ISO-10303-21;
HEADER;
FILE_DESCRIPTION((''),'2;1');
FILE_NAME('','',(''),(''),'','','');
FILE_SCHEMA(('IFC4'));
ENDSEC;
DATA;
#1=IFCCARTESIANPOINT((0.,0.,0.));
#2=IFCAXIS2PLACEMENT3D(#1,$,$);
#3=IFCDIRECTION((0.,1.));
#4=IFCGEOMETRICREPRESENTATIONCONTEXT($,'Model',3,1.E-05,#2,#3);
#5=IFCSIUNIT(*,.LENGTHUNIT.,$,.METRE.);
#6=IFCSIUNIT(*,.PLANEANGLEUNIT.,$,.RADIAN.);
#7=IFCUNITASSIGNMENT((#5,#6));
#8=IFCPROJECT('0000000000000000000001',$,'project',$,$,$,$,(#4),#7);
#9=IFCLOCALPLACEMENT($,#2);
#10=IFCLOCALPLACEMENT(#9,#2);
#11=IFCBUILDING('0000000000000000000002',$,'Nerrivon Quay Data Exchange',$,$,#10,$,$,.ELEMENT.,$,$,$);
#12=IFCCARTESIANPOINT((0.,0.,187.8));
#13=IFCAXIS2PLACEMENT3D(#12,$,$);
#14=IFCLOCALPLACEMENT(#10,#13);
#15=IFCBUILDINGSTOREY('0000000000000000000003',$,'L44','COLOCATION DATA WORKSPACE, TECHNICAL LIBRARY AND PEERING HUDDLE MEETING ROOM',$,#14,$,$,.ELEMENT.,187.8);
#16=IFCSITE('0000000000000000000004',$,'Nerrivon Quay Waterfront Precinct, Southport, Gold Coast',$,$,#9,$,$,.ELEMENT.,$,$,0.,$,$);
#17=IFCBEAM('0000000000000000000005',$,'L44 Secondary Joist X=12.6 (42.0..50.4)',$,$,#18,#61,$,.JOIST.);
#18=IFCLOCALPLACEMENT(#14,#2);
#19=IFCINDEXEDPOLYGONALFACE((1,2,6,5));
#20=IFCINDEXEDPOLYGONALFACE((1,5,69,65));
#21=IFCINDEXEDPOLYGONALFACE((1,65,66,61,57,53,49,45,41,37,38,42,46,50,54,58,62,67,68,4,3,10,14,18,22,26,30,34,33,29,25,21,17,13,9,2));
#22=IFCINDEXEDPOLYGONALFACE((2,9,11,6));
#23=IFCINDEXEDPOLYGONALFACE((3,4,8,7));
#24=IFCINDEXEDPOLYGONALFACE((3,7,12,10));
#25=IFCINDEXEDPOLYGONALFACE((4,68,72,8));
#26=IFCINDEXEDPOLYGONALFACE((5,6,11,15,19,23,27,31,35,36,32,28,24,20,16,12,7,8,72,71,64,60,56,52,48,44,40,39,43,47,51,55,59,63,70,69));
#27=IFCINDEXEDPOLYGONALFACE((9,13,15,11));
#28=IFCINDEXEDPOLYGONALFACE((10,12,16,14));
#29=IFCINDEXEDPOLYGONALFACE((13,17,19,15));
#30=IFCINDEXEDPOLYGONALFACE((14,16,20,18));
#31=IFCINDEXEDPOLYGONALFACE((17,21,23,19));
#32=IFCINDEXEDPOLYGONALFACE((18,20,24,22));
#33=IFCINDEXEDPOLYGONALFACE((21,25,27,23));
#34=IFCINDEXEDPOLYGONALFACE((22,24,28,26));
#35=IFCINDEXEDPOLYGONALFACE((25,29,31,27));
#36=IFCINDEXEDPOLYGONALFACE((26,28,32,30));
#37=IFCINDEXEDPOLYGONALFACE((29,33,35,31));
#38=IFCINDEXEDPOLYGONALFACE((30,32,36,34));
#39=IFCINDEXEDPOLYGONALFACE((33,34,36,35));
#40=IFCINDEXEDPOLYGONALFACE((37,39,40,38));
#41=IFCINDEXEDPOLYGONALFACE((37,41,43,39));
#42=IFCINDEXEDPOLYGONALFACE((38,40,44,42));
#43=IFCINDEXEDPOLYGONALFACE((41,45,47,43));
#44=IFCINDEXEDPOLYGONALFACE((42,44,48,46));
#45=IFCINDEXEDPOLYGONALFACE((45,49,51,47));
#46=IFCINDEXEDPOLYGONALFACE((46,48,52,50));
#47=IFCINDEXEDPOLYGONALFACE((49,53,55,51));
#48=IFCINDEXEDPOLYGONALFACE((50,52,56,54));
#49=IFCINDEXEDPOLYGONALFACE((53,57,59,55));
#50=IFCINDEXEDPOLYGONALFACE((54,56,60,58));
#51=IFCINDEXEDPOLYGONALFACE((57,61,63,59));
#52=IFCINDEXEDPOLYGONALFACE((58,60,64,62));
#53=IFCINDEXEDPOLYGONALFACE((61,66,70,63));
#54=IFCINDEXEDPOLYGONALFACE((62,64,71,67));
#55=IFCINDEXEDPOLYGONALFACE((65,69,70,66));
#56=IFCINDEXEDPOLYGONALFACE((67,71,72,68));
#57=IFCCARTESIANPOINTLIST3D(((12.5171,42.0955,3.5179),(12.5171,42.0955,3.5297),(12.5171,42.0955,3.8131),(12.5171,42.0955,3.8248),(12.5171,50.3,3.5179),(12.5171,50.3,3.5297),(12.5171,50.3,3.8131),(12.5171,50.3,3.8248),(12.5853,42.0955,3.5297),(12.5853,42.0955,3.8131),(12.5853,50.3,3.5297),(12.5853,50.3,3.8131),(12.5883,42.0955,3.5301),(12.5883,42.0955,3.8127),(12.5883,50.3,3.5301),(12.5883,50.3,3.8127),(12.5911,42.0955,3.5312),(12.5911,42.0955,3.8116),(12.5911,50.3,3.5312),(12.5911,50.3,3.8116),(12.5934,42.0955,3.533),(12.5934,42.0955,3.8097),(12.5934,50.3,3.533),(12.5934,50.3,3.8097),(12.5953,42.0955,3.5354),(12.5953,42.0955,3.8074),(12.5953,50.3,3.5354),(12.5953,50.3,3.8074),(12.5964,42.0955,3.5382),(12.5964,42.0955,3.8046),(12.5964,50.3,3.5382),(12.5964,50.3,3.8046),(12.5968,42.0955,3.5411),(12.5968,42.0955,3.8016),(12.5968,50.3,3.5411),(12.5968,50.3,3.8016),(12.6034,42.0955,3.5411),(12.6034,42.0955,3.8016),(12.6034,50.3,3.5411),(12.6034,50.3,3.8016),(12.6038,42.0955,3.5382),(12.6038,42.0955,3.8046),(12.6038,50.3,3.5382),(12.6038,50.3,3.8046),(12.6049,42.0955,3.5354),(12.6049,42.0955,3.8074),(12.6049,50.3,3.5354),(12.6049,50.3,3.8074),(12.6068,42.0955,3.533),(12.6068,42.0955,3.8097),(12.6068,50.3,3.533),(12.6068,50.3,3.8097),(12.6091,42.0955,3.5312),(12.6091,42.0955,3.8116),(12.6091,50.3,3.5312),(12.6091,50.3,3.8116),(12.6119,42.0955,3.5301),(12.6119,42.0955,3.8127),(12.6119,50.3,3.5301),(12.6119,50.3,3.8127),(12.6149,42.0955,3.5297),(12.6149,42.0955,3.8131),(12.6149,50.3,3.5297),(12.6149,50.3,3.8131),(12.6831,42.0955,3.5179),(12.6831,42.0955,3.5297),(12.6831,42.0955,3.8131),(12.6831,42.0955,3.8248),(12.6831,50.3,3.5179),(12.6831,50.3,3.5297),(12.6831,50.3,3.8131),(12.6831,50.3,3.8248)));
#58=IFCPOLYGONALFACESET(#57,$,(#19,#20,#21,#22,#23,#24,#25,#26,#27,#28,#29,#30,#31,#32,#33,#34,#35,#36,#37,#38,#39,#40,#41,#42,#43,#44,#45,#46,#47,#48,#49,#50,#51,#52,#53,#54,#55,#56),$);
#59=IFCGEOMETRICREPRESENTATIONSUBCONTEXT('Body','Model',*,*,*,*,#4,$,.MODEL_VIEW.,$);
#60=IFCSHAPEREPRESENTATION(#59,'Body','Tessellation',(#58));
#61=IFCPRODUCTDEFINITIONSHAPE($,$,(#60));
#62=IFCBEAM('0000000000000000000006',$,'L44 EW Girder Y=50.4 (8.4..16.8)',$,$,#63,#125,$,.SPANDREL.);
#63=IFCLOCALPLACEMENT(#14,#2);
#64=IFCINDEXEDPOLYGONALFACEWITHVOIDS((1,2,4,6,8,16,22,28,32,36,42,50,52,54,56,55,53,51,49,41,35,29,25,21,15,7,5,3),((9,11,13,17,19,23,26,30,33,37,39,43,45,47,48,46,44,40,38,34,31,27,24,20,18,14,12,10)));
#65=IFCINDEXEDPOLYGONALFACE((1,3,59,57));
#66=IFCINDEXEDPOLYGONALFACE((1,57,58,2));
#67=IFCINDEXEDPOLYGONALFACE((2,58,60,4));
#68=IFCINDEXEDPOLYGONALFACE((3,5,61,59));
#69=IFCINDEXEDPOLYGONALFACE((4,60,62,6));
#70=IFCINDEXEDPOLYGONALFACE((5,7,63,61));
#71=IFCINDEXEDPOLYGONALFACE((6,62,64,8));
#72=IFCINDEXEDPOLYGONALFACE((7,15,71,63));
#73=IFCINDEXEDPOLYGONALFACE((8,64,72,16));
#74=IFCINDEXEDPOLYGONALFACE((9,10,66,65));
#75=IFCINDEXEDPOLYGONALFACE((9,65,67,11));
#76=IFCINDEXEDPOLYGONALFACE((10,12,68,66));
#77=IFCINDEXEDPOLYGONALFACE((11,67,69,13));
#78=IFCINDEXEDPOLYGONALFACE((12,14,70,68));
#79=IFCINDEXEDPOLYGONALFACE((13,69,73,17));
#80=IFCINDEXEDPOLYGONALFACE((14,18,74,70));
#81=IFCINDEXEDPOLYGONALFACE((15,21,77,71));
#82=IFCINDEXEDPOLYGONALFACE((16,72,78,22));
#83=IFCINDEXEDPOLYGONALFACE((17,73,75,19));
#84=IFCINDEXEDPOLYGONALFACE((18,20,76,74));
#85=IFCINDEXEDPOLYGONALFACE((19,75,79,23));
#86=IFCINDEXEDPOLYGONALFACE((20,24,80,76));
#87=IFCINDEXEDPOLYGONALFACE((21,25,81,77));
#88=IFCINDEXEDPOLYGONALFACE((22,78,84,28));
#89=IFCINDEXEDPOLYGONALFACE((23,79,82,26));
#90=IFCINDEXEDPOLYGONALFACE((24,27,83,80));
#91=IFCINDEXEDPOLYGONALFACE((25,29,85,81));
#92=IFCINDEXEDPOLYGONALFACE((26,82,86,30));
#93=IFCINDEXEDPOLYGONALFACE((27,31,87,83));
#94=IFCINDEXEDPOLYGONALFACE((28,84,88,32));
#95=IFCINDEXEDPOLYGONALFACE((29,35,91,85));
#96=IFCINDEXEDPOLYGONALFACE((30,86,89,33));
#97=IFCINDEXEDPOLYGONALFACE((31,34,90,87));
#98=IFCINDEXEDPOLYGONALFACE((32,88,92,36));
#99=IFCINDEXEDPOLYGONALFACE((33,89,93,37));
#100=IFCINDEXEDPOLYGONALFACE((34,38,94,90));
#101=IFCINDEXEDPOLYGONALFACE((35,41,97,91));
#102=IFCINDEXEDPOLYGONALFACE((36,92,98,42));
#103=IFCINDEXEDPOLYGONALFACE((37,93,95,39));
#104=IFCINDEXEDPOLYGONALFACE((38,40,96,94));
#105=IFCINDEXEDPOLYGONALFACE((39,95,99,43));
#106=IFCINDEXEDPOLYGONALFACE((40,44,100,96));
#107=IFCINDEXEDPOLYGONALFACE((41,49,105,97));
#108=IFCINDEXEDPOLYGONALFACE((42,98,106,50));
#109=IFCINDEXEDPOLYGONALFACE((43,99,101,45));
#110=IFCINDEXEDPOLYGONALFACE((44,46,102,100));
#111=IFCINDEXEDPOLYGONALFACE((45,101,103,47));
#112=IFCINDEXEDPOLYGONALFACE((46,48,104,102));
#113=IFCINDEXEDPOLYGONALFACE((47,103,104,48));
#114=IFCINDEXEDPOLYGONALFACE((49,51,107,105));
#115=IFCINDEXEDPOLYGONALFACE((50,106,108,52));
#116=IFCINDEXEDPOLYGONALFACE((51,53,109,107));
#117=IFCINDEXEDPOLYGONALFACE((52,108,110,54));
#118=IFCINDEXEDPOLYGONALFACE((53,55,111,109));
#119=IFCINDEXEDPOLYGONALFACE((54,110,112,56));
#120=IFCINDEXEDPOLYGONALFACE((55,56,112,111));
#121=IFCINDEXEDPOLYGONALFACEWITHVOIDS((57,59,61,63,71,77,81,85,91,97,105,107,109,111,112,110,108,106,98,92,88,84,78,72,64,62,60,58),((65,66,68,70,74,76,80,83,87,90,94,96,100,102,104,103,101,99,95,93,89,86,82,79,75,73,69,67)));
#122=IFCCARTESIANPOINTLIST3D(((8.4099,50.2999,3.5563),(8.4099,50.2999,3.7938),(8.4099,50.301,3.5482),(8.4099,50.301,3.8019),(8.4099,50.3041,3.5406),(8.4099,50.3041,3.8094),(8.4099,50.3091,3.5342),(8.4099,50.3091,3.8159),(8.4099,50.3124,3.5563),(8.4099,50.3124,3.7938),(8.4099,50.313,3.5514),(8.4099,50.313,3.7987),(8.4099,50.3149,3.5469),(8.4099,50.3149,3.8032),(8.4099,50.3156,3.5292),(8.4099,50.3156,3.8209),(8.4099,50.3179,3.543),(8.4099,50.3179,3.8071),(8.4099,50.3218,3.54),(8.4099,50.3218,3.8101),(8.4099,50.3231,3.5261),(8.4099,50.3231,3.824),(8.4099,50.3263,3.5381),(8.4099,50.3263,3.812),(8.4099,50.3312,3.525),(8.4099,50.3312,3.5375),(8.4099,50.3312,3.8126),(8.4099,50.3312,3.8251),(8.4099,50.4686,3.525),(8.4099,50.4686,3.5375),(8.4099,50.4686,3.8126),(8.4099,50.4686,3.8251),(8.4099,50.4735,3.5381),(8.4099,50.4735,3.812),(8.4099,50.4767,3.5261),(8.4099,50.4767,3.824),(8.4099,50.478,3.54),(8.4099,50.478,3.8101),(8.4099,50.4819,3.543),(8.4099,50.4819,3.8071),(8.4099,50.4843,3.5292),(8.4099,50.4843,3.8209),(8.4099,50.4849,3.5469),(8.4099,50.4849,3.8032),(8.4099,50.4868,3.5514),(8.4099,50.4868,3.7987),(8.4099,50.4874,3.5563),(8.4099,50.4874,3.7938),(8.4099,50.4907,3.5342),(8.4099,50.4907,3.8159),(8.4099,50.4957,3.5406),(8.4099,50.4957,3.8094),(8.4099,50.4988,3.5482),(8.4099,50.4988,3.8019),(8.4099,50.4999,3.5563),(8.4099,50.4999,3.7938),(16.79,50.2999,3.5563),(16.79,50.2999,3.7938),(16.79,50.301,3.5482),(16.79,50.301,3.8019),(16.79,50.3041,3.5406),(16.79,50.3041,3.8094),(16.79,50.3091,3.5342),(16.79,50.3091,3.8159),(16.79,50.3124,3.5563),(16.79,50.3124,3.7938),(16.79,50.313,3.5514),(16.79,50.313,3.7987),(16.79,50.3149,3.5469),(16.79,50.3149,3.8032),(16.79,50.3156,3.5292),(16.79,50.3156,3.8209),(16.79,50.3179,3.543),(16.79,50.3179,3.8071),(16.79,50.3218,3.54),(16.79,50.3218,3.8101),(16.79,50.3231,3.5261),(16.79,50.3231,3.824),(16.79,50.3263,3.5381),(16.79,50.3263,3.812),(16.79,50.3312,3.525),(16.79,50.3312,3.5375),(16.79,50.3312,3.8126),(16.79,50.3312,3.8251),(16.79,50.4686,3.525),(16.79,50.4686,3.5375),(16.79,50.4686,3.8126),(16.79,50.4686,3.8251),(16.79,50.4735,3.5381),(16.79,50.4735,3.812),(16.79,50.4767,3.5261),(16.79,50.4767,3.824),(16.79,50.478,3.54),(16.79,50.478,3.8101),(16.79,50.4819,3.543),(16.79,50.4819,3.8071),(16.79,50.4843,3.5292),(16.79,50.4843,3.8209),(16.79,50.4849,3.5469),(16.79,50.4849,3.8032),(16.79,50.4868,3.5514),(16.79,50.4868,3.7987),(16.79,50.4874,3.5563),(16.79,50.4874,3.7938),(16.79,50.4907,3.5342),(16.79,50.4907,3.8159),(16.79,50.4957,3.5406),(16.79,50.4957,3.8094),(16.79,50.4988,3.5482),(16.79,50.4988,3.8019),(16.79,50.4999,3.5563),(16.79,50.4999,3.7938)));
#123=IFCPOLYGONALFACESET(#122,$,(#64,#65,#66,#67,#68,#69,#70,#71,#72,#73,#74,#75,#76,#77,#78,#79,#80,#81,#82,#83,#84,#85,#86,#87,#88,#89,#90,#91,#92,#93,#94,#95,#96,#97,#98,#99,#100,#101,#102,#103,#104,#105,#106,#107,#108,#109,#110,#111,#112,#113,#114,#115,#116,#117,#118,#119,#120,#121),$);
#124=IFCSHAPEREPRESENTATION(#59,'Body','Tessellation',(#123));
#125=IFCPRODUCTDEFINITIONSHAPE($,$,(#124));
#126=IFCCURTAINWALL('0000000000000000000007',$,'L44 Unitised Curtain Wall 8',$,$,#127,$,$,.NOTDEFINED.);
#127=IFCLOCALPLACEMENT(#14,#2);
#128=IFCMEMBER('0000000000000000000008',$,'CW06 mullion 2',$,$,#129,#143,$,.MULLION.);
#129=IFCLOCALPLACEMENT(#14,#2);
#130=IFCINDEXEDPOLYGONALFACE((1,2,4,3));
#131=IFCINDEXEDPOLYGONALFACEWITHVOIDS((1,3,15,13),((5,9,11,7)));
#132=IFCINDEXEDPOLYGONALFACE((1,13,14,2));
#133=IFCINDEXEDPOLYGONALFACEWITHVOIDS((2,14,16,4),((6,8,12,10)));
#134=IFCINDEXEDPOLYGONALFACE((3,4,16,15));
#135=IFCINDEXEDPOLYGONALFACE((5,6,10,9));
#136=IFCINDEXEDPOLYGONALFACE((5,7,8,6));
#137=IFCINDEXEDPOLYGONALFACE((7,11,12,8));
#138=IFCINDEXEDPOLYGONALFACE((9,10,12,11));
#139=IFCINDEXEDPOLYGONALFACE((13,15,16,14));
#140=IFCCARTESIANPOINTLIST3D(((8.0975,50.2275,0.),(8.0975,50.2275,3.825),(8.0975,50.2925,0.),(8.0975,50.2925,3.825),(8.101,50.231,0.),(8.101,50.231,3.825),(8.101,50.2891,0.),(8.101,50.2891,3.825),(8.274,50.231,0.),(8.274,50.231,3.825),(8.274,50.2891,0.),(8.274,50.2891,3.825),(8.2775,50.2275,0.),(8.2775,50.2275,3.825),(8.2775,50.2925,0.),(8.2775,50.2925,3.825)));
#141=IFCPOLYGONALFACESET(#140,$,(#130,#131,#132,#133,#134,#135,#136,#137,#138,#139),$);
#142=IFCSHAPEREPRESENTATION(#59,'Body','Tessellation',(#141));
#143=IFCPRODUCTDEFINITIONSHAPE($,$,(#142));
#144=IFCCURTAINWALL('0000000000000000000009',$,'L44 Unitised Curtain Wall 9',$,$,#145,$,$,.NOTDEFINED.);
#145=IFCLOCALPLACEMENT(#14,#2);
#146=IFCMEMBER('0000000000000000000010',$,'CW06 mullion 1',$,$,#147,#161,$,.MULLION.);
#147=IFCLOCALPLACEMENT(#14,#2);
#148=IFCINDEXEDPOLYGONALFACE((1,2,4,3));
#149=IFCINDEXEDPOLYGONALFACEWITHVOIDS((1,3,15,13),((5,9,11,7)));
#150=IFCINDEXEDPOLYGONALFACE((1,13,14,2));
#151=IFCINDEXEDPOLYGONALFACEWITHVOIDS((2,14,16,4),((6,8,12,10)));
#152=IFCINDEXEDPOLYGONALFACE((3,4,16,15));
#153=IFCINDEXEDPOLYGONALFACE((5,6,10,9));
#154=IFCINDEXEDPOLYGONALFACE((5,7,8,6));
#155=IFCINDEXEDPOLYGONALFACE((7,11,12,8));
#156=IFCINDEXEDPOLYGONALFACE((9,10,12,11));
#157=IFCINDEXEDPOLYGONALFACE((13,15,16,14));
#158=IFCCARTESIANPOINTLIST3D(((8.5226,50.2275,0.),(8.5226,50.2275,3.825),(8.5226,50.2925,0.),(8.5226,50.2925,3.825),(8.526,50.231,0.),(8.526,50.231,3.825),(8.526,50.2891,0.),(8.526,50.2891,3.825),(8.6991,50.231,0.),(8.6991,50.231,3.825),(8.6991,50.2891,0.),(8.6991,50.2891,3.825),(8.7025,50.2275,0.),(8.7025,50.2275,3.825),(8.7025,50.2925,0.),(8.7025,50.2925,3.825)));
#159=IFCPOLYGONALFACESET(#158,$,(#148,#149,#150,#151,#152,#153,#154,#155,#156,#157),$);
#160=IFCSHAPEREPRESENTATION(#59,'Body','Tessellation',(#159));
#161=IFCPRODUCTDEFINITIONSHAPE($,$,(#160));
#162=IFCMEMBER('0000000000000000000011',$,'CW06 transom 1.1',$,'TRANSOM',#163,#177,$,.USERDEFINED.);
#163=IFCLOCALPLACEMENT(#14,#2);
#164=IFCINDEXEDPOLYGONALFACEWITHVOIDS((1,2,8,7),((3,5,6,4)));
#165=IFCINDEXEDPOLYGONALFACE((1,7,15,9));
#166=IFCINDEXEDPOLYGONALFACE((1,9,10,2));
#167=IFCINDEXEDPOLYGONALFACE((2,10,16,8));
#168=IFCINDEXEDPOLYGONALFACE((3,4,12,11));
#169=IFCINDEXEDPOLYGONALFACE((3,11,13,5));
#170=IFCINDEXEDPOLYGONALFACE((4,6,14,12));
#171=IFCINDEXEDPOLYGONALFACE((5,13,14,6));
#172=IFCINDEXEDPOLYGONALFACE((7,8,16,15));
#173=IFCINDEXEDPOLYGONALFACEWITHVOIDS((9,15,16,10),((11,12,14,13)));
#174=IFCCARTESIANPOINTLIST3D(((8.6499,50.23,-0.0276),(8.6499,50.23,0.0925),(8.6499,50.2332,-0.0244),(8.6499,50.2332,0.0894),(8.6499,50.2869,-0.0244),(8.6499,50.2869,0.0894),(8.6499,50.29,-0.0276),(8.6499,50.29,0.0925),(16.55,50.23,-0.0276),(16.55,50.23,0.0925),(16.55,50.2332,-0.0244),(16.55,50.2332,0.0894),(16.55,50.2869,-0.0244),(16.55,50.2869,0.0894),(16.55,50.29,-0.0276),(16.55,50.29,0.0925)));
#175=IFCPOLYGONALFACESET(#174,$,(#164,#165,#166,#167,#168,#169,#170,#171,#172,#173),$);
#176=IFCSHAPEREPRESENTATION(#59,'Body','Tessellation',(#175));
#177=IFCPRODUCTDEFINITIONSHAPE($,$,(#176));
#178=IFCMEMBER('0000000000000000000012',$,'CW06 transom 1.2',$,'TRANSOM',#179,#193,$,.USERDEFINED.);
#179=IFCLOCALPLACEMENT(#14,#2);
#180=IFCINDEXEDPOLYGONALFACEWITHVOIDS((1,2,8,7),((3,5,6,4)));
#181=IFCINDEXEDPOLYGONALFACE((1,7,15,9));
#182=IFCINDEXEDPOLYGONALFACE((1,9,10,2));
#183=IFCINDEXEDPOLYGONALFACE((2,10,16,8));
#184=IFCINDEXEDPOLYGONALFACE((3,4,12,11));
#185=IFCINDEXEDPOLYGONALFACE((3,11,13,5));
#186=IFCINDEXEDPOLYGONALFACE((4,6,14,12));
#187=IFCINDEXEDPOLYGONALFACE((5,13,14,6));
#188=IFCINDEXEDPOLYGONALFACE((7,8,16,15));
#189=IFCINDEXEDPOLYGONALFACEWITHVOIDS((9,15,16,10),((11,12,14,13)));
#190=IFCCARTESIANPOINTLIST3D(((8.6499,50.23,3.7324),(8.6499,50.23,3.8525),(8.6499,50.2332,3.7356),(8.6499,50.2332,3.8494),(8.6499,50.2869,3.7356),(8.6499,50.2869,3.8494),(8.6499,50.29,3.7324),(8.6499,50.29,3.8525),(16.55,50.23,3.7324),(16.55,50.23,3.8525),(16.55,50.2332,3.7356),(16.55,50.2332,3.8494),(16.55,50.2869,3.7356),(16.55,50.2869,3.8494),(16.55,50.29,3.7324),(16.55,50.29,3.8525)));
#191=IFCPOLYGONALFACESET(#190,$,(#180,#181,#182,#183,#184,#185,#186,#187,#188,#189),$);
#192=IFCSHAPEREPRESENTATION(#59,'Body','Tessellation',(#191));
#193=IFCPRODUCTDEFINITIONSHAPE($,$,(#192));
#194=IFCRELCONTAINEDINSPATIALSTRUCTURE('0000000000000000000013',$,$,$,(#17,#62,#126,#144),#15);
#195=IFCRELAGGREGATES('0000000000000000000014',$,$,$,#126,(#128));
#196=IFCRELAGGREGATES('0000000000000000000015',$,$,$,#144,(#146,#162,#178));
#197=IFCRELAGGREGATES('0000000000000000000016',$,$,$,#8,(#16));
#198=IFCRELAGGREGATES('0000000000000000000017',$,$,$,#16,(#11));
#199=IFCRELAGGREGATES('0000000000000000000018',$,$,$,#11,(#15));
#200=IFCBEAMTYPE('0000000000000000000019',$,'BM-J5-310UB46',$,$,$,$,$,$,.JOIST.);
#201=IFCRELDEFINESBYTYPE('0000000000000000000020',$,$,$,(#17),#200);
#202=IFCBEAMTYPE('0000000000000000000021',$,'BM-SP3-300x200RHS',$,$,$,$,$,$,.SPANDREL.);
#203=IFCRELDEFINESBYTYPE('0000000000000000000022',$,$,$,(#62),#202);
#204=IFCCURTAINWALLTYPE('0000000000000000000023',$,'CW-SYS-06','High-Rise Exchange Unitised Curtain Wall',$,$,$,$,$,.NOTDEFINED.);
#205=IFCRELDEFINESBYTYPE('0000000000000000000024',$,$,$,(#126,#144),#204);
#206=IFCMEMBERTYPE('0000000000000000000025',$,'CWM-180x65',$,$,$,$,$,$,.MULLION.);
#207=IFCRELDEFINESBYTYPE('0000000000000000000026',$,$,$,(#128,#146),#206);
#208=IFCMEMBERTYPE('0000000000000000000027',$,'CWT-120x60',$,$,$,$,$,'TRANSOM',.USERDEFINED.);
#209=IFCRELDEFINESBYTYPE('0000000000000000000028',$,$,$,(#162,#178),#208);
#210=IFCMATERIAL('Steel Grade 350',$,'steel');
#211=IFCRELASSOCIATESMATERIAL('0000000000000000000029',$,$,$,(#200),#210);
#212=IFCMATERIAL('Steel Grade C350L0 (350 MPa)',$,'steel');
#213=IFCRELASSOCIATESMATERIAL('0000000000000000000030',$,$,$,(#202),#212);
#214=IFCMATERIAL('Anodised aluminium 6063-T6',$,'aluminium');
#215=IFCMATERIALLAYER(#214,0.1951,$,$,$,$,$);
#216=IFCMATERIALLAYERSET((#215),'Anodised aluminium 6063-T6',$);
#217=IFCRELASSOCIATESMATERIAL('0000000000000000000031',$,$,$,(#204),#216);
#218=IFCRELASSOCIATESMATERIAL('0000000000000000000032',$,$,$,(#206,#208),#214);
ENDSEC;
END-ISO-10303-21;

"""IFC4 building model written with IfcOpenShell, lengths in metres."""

from ifc_helpers import new_model, si_unit, direction, frame, origin, origin_2d, place, context, subcontext, project, spatial, hollow_rectangle, i_section, extrude, material, layer, layer_set, material_profile, profile_set, type_object, element, aggregate, save


model = new_model("IFC4")

# Units and contexts
model_context = context("Model", 3, precision=1e-05, world=origin(), true_north=direction((0.0, 1.0)))
body_context = subcontext(model_context, "Body", "Model", "MODEL_VIEW")
ifc_project = project(units=[si_unit("LENGTHUNIT", "METRE"), si_unit("PLANEANGLEUNIT", "RADIAN")], contexts=[model_context])

# Site, building, storey
site_placement = place(None, origin())
site = spatial("IfcSite", under=ifc_project, at=site_placement, Name="Nerrivon Quay Waterfront Precinct, Southport, Gold Coast", CompositionType="ELEMENT", RefElevation=0.0)
building_placement = place(site_placement, origin())
building = spatial("IfcBuilding", under=site, at=building_placement, Name="Nerrivon Quay Data Exchange", CompositionType="ELEMENT")
storey_placement = place(building_placement, frame((0.0, 0.0, 187.8)))
storey = spatial("IfcBuildingStorey", under=building, at=storey_placement, Name="L44", Description="COLOCATION DATA WORKSPACE, TECHNICAL LIBRARY AND PEERING HUDDLE MEETING ROOM", CompositionType="ELEMENT", Elevation=187.8)

# Shared definitions
ifc_material_1 = material(Name="Steel Grade 350", Category="steel")

# Beams
ifc_material_profile_1 = material_profile(ifc_material_1, i_section(OverallWidth=0.166, OverallDepth=0.3069, WebThickness=0.0066, FlangeThickness=0.0117, FilletRadius=0.0115, at=origin_2d()), Name="310UB46.2")
ifc_profile_set_1 = profile_set([ifc_material_profile_1], Name="Steel Grade 350")
beam_type_1 = type_object("IfcBeamType", Name="BM-J5-310UB46", PredefinedType="JOIST", material=ifc_profile_set_1)
beam_1_placement = place(storey_placement, frame((12.6001, 42.0955, 3.6714), z_axis=(0.0, 1.0, 0.0), x_axis=(-1.0, 0.0, 0.0)))
element("IfcBeam", 1, at=beam_1_placement, inside=storey, type_object=beam_type_1, Name="L44 Secondary Joist X=12.6 (42.0..50.4)", PredefinedType="JOIST", context=body_context, shape_type="SweptSolid", body=[
    extrude(i_section(OverallWidth=0.166, OverallDepth=0.3069, WebThickness=0.0066, FlangeThickness=0.0117, FilletRadius=0.0115, at=origin_2d()), origin(), (0.0, 0.0, 1.0), 8.2046),
])
ifc_material_2 = material(Name="Steel Grade C350L0 (350 MPa)", Category="steel")
ifc_material_profile_2 = material_profile(ifc_material_2, hollow_rectangle(XDim=0.2, YDim=0.3, WallThickness=0.0125, InnerFilletRadius=0.0188, OuterFilletRadius=0.0312, at=origin_2d()), Name="300x200x12.5RHS")
ifc_profile_set_2 = profile_set([ifc_material_profile_2], Name="Steel Grade C350L0 (350 MPa)")
beam_type_2 = type_object("IfcBeamType", Name="BM-SP3-300x200RHS", PredefinedType="SPANDREL", material=ifc_profile_set_2)
beam_2_placement = place(storey_placement, frame((8.4099, 50.3999, 3.675), z_axis=(1.0, 0.0, 0.0), x_axis=(0.0, 1.0, 0.0)))
element("IfcBeam", 2, at=beam_2_placement, inside=storey, type_object=beam_type_2, Name="L44 EW Girder Y=50.4 (8.4..16.8)", PredefinedType="SPANDREL", context=body_context, shape_type="SweptSolid", body=[
    extrude(hollow_rectangle(XDim=0.2, YDim=0.3, WallThickness=0.0125, InnerFilletRadius=0.0188, OuterFilletRadius=0.0312, at=origin_2d()), origin(), (0.0, 0.0, 1.0), 8.3801),
])

# Curtain wall, member
ifc_material_3 = material(Name="Anodised aluminium 6063-T6", Category="aluminium")
ifc_layer_1 = layer(ifc_material_3, 0.1951)
ifc_layer_set_1 = layer_set([ifc_layer_1], Name="Anodised aluminium 6063-T6")
curtain_wall_type = type_object("IfcCurtainWallType", Name="CW-SYS-06", Description="High-Rise Exchange Unitised Curtain Wall", PredefinedType="NOTDEFINED", material=ifc_layer_set_1)
curtain_wall_1_placement = place(storey_placement, origin())
curtain_wall_1 = element("IfcCurtainWall", 3, at=curtain_wall_1_placement, inside=storey, type_object=curtain_wall_type, Name="L44 Unitised Curtain Wall 8", PredefinedType="NOTDEFINED")
ifc_material_profile_3 = material_profile(ifc_material_3, hollow_rectangle(XDim=0.0649, YDim=0.1799, WallThickness=0.0034, at=origin_2d()), Name="ALU-MULL-180x65")
ifc_profile_set_3 = profile_set([ifc_material_profile_3], Name="Anodised aluminium 6063-T6")
member_type_1 = type_object("IfcMemberType", Name="CWM-180x65", PredefinedType="MULLION", material=ifc_profile_set_3)
member_1_placement = place(storey_placement, frame((8.1875, 50.26, 0.0), z_axis=(0.0, 0.0, 1.0), x_axis=(0.0, 1.0, 0.0)))
member_1 = element("IfcMember", 4, at=member_1_placement, type_object=member_type_1, Name="CW06 mullion 2", PredefinedType="MULLION", context=body_context, shape_type="SweptSolid", body=[
    extrude(hollow_rectangle(XDim=0.0649, YDim=0.1799, WallThickness=0.0034, at=origin_2d()), origin(), (0.0, 0.0, 1.0), 3.825),
])

# Curtain wall, members
curtain_wall_2_placement = place(storey_placement, origin())
curtain_wall_2 = element("IfcCurtainWall", 5, at=curtain_wall_2_placement, inside=storey, type_object=curtain_wall_type, Name="L44 Unitised Curtain Wall 9", PredefinedType="NOTDEFINED")
member_2_placement = place(storey_placement, frame((8.6125, 50.26, 0.0), z_axis=(0.0, 0.0, 1.0), x_axis=(0.0, 1.0, 0.0)))
member_2 = element("IfcMember", 6, at=member_2_placement, type_object=member_type_1, Name="CW06 mullion 1", PredefinedType="MULLION", context=body_context, shape_type="SweptSolid", body=[
    extrude(hollow_rectangle(XDim=0.0649, YDim=0.1799, WallThickness=0.0034, at=origin_2d()), origin(), (0.0, 0.0, 1.0), 3.825),
])
ifc_material_profile_4 = material_profile(ifc_material_3, hollow_rectangle(XDim=0.0601, YDim=0.1201, WallThickness=0.0032, at=origin_2d()), Name="ALU-TRAN-120x60")
ifc_profile_set_4 = profile_set([ifc_material_profile_4], Name="Anodised aluminium 6063-T6")
member_type_2 = type_object("IfcMemberType", Name="CWT-120x60", ElementType="TRANSOM", PredefinedType="USERDEFINED", material=ifc_profile_set_4)
member_3_placement = place(storey_placement, frame((8.6499, 50.26, 0.0325), z_axis=(1.0, 0.0, 0.0), x_axis=(0.0, 1.0, 0.0)))
member_3 = element("IfcMember", 7, at=member_3_placement, type_object=member_type_2, Name="CW06 transom 1.1", ObjectType="TRANSOM", PredefinedType="USERDEFINED", context=body_context, shape_type="SweptSolid", body=[
    extrude(hollow_rectangle(XDim=0.0601, YDim=0.1201, WallThickness=0.0032, at=origin_2d()), origin(), (0.0, 0.0, 1.0), 7.9001),
])
member_4_placement = place(storey_placement, frame((8.6499, 50.26, 3.7925), z_axis=(1.0, 0.0, 0.0), x_axis=(0.0, 1.0, 0.0)))
member_4 = element("IfcMember", 8, at=member_4_placement, type_object=member_type_2, Name="CW06 transom 1.2", ObjectType="TRANSOM", PredefinedType="USERDEFINED", context=body_context, shape_type="SweptSolid", body=[
    extrude(hollow_rectangle(XDim=0.0601, YDim=0.1201, WallThickness=0.0032, at=origin_2d()), origin(), (0.0, 0.0, 1.0), 7.9001),
])

aggregate(curtain_wall_1, [member_1])
aggregate(curtain_wall_2, [member_2, member_3, member_4])

save(model, "model.ifc")
